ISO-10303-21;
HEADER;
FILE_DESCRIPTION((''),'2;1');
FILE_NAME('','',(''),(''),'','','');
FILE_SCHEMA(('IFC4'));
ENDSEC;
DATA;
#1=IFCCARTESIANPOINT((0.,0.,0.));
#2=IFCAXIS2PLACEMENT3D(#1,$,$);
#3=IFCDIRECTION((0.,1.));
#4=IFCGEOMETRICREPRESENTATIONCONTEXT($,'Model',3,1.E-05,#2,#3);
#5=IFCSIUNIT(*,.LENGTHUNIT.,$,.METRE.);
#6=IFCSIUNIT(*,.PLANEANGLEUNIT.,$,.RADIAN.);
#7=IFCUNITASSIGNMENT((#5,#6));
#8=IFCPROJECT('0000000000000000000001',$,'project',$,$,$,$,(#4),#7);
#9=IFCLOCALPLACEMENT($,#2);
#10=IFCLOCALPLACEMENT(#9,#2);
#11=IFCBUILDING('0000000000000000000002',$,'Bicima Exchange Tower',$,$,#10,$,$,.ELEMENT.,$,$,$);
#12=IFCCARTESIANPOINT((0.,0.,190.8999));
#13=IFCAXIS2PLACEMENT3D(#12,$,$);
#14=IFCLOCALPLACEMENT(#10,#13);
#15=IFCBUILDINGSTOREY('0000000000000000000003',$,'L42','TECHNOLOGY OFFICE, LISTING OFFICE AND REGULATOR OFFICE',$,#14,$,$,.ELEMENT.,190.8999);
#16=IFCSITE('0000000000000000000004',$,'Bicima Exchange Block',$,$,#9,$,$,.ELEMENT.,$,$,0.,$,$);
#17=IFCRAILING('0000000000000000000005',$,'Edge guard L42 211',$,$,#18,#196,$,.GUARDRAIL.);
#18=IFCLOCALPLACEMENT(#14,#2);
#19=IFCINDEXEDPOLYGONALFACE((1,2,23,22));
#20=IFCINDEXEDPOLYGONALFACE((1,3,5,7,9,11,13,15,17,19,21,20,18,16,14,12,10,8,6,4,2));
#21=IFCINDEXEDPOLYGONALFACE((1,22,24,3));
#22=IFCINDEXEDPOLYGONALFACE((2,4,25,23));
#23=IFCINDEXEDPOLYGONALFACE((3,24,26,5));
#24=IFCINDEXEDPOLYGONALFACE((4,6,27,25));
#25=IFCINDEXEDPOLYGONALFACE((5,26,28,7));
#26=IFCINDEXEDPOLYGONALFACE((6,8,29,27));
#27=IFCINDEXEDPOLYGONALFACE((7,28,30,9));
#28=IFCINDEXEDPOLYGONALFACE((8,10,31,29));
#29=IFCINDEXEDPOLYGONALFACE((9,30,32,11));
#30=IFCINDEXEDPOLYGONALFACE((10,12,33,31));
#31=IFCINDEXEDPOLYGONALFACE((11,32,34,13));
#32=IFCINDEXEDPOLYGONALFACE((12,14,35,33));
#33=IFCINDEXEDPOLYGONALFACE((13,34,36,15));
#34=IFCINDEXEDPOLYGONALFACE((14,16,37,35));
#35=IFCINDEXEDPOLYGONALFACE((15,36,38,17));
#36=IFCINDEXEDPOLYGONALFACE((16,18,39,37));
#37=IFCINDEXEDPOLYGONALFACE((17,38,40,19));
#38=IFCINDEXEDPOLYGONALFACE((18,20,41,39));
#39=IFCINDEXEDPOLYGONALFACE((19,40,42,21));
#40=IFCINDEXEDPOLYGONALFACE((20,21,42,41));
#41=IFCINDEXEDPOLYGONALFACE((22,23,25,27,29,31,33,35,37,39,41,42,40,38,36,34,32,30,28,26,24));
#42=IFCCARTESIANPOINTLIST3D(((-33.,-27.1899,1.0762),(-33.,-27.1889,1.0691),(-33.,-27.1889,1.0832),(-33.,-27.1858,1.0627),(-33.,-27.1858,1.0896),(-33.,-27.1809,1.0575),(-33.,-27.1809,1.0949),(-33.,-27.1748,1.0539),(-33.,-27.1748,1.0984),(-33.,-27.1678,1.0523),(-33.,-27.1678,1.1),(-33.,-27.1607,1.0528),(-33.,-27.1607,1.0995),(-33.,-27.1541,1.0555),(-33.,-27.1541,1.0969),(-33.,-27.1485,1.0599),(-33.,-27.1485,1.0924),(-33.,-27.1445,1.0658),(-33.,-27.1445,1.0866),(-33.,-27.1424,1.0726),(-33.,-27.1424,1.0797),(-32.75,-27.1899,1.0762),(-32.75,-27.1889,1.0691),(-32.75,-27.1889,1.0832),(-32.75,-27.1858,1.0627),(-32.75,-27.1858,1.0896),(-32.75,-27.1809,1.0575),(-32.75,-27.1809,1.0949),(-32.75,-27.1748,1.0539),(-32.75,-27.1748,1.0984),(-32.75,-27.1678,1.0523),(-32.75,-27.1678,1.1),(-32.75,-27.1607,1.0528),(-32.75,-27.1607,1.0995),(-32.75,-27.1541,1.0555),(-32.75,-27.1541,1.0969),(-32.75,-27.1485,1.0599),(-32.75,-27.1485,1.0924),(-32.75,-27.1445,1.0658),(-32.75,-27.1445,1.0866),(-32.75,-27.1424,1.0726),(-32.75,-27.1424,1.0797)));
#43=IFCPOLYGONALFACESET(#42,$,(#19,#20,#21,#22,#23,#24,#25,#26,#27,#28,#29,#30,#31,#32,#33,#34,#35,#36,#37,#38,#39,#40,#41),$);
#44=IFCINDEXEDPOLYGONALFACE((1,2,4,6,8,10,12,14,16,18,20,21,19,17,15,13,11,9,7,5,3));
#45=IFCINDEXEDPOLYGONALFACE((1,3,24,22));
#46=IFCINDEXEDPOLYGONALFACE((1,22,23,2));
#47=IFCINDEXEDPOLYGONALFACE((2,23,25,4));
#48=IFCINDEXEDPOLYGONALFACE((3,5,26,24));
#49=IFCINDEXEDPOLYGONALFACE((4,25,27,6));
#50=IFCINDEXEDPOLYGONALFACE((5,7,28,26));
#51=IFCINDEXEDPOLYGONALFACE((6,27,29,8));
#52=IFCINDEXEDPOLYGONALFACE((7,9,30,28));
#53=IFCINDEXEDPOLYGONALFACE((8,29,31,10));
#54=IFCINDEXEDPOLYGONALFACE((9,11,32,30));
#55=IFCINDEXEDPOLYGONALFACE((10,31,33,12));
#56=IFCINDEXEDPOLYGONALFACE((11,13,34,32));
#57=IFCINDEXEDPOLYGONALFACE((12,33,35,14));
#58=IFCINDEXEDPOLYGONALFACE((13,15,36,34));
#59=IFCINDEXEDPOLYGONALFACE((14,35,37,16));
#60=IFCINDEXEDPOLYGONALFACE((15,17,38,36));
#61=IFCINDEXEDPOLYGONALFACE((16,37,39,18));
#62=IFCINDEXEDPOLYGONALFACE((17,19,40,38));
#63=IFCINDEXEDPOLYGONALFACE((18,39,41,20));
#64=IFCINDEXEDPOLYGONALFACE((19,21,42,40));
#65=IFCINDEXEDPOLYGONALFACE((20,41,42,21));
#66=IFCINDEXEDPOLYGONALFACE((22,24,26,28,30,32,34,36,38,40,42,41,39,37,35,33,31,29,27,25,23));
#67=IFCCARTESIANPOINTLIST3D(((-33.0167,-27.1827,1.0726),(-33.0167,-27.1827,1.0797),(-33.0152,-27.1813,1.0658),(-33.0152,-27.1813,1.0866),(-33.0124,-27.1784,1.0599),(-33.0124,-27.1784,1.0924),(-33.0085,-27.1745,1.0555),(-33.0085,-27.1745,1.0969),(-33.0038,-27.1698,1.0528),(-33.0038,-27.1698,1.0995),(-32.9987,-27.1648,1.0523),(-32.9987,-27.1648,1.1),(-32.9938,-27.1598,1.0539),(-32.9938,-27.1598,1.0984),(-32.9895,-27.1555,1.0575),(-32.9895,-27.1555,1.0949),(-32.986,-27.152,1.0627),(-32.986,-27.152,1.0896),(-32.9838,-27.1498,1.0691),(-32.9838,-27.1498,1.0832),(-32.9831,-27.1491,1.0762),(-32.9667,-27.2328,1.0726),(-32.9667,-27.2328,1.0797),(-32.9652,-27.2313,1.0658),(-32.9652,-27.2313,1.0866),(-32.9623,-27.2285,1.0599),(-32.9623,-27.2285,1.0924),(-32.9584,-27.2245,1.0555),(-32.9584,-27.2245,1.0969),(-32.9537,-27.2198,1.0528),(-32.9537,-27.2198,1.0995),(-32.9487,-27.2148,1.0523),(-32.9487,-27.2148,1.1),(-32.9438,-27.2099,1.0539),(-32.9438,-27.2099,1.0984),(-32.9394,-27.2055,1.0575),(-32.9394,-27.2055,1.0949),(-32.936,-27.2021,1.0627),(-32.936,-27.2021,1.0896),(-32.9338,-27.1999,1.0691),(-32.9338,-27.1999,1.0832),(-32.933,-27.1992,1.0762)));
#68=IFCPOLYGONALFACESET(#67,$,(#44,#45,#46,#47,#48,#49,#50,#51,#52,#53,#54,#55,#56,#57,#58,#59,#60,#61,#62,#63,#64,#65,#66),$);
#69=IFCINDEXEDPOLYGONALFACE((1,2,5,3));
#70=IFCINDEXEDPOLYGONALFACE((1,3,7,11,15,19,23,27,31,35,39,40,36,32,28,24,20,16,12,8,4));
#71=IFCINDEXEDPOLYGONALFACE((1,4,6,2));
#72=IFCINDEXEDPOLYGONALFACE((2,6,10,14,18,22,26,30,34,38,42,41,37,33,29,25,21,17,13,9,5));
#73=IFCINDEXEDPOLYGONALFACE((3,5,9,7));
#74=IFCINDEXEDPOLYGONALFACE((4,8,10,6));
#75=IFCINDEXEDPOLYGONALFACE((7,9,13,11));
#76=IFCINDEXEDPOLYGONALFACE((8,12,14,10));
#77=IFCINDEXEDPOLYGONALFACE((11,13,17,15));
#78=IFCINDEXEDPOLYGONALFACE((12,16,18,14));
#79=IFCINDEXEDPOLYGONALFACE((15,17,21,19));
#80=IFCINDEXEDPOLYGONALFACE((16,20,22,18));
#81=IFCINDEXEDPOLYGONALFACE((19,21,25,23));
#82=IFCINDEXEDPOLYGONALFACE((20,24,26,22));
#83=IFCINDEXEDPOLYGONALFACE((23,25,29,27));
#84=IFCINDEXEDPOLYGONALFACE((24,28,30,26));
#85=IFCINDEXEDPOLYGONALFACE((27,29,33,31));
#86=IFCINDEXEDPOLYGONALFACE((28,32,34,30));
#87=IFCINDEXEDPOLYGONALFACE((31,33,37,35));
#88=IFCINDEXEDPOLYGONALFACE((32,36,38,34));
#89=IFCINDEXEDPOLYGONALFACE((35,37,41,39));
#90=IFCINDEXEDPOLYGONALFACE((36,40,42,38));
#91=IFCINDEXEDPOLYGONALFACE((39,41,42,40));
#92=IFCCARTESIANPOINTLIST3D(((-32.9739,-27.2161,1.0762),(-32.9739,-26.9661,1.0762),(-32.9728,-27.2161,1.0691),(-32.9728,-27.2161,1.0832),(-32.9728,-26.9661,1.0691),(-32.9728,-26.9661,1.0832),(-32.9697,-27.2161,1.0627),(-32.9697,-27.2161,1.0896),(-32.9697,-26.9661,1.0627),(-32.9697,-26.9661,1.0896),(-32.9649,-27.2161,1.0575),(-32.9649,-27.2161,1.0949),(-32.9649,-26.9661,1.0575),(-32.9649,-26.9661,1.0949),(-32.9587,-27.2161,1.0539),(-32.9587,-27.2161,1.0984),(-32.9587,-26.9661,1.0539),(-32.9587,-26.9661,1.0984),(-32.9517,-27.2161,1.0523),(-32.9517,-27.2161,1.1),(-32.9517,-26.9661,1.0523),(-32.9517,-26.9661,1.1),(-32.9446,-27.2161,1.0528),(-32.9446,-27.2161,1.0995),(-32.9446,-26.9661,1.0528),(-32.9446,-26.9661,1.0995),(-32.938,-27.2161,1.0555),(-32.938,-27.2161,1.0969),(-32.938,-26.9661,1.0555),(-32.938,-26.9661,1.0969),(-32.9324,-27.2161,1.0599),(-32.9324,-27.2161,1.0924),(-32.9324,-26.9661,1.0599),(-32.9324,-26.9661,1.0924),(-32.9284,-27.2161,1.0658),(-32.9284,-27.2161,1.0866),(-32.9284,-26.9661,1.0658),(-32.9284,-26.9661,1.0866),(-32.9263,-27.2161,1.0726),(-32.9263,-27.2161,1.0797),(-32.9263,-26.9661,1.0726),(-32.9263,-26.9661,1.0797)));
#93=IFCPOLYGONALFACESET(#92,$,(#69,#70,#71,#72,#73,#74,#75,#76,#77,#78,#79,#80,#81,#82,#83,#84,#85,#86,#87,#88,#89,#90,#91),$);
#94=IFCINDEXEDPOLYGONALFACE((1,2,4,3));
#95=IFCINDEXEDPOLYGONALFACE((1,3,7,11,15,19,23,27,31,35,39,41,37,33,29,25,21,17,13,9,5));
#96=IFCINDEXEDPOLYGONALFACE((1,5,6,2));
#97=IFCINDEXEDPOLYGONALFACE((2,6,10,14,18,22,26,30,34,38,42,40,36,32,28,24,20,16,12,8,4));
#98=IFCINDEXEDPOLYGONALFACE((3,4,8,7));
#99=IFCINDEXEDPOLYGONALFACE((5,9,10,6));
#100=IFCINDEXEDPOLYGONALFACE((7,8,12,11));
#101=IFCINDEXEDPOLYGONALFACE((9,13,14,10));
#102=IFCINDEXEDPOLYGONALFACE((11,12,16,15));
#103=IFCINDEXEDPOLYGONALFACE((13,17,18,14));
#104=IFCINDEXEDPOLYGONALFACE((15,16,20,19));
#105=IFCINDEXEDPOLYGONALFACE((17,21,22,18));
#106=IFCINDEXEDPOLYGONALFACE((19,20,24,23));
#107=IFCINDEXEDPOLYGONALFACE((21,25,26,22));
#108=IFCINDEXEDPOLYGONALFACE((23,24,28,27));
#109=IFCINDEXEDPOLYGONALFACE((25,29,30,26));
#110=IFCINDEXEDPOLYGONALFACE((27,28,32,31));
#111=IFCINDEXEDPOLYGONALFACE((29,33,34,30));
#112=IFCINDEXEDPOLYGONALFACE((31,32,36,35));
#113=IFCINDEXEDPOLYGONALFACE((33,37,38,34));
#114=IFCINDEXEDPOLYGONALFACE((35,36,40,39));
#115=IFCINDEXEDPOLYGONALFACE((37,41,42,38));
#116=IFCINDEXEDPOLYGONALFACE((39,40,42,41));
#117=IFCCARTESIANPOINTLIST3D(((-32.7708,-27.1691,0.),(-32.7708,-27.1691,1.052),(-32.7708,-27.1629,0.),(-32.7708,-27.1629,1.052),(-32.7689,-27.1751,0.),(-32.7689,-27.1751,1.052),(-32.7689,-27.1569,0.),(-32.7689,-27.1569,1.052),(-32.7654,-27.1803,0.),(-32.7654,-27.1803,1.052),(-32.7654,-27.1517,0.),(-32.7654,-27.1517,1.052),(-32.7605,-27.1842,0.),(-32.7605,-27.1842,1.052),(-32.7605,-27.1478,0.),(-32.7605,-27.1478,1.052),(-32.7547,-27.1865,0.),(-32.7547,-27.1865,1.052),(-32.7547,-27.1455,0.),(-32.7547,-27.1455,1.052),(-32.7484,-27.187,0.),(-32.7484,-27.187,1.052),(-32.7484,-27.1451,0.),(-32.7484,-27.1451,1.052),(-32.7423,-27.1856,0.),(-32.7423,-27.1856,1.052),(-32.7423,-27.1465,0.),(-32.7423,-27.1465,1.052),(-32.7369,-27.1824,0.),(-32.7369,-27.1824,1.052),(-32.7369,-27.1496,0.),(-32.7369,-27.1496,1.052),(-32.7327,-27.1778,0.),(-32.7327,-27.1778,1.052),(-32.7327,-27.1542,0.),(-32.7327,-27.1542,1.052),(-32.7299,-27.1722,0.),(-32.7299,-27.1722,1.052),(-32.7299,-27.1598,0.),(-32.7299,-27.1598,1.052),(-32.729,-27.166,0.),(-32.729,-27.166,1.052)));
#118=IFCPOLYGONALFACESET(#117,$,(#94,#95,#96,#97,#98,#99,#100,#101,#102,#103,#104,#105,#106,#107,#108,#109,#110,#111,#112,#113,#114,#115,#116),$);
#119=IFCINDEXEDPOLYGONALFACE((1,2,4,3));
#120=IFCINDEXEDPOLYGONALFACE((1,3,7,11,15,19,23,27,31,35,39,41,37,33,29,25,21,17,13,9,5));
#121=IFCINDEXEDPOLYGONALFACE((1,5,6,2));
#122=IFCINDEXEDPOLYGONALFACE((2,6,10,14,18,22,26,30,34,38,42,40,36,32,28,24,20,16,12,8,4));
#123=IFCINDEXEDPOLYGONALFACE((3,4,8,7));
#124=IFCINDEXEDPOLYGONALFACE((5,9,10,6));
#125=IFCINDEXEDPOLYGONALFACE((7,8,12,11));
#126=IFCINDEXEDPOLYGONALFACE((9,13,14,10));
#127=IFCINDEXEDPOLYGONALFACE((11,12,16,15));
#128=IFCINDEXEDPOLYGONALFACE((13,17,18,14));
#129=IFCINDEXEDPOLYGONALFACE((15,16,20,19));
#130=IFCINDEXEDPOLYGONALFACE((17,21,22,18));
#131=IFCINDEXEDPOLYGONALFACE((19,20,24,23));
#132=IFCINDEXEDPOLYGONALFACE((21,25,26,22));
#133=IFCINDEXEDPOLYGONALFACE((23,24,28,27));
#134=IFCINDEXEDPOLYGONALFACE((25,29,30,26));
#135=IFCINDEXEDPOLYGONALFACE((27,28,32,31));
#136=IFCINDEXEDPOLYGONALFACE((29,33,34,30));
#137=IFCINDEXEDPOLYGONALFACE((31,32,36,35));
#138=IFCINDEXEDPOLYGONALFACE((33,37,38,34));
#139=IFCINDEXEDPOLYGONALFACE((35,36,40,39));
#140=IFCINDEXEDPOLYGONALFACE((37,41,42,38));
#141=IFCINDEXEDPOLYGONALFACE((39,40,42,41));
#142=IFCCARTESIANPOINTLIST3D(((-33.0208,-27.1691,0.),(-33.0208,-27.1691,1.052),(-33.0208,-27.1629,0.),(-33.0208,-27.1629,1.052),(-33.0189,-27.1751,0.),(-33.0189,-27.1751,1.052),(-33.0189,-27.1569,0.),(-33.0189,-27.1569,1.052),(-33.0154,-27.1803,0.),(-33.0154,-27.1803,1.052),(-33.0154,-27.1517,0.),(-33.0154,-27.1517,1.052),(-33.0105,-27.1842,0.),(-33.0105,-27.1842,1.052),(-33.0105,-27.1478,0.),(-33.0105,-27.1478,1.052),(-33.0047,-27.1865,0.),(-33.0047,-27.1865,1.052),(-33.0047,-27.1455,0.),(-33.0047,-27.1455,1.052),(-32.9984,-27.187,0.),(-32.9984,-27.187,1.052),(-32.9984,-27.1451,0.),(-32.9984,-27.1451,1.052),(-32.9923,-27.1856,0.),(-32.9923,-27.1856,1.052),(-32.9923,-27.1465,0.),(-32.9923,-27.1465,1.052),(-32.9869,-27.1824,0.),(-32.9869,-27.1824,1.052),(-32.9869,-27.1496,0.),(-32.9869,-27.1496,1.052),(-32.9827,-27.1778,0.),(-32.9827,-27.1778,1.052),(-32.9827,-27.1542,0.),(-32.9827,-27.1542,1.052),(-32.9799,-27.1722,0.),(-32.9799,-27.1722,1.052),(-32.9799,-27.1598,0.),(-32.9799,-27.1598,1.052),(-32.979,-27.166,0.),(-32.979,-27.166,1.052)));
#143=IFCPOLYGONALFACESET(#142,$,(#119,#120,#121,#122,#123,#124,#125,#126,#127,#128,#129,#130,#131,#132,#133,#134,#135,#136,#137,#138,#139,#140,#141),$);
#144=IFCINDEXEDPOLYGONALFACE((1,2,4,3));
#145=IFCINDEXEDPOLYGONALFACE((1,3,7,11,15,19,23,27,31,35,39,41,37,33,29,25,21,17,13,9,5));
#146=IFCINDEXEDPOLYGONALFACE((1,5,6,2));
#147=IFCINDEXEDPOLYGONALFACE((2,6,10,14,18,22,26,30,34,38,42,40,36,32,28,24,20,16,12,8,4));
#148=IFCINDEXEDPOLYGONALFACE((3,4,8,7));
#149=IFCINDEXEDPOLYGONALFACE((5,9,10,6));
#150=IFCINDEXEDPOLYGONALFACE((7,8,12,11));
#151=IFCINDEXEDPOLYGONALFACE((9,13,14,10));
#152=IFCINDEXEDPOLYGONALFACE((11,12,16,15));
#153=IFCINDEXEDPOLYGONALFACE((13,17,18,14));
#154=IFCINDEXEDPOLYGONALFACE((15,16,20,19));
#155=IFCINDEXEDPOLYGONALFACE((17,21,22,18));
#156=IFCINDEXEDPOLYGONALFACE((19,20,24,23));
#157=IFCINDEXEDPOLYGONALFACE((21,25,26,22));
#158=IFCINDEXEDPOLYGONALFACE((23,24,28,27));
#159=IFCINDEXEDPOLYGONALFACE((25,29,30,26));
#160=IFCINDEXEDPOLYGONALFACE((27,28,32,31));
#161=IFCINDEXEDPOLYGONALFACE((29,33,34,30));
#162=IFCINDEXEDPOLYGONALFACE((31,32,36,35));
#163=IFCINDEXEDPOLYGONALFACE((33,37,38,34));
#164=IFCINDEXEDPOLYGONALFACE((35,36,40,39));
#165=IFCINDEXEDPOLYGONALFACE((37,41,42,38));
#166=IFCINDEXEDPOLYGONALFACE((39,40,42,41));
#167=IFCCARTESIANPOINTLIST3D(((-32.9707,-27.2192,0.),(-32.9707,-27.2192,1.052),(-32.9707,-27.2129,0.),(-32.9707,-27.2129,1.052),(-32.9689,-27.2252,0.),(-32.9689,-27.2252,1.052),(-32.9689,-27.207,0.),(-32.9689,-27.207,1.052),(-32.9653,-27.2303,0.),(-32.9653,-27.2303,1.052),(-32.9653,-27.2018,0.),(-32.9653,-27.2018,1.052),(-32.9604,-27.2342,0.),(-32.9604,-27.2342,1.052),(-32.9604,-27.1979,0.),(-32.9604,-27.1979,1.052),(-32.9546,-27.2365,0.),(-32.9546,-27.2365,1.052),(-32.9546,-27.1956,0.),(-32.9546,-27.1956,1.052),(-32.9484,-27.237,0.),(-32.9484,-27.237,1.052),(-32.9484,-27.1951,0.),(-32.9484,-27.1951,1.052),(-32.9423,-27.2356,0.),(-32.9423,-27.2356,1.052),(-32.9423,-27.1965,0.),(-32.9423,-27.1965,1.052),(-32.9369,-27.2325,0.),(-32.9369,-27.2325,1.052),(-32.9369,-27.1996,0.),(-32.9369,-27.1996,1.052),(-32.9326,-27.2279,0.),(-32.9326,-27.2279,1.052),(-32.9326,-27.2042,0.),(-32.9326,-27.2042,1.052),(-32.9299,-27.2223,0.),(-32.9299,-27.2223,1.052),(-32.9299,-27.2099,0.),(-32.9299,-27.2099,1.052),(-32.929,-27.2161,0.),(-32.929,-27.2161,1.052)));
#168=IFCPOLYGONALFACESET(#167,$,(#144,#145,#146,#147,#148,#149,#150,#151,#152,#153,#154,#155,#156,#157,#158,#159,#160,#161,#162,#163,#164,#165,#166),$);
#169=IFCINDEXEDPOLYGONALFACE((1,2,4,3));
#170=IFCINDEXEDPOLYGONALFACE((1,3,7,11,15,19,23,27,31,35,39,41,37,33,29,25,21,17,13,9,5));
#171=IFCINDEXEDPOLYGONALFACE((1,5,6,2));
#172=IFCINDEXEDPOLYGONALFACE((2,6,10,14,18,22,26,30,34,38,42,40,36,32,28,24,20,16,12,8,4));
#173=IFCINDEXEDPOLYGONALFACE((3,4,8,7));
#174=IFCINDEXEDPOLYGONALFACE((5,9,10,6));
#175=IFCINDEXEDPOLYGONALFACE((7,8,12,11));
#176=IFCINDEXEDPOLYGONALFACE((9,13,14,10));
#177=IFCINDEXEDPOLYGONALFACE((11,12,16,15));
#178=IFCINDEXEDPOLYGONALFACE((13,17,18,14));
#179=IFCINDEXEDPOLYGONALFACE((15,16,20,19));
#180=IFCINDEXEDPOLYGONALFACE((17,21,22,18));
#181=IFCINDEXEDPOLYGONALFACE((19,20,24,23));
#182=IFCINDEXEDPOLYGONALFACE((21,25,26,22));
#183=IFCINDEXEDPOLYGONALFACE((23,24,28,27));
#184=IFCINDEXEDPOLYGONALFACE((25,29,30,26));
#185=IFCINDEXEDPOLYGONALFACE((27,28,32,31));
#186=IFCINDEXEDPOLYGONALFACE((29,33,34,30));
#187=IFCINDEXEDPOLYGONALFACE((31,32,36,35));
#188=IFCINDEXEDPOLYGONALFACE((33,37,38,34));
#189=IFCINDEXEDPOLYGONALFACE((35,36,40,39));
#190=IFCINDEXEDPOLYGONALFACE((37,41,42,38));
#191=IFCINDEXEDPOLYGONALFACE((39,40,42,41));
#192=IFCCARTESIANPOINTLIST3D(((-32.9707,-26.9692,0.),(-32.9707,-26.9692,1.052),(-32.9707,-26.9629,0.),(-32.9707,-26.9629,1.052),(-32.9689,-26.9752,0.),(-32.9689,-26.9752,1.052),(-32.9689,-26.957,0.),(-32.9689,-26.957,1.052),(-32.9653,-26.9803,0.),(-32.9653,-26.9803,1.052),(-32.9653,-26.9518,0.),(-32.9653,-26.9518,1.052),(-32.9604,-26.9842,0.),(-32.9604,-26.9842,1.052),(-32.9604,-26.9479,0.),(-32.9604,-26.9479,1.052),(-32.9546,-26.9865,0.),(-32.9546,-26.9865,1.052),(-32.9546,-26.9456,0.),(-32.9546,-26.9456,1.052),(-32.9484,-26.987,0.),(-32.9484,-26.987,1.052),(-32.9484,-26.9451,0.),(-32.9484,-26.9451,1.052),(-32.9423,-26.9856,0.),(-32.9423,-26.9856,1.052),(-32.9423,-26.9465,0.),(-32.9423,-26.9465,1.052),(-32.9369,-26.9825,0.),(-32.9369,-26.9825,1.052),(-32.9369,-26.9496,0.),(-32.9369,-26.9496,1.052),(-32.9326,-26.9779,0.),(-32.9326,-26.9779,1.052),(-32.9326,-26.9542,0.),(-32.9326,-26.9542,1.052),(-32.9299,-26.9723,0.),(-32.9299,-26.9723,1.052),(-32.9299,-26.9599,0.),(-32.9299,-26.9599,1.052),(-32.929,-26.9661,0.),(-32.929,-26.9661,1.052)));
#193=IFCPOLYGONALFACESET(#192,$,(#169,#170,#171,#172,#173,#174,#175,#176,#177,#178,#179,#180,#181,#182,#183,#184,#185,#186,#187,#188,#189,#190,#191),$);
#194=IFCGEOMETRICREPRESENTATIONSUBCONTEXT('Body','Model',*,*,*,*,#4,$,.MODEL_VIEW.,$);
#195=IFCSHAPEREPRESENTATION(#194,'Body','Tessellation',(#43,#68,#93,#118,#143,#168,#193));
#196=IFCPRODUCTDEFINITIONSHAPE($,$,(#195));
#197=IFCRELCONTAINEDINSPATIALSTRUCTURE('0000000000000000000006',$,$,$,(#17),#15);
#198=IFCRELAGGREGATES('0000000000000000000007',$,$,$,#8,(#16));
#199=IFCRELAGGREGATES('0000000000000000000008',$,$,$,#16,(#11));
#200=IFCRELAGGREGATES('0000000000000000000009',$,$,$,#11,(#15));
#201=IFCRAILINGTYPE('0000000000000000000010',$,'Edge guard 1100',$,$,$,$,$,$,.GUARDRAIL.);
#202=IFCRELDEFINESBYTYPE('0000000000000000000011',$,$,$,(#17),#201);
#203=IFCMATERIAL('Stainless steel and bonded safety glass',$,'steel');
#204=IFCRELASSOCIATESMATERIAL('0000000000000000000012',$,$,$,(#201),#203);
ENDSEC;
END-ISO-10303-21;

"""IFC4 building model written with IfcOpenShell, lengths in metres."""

from ifc_helpers import new_model, si_unit, direction, frame, origin, origin_2d, place, context, subcontext, project, spatial, circle, extrude, material, type_object, element, save


model = new_model("IFC4")

# Units and contexts
model_context = context("Model", 3, precision=1e-05, world=origin(), true_north=direction((0.0, 1.0)))
body_context = subcontext(model_context, "Body", "Model", "MODEL_VIEW")
ifc_project = project(units=[si_unit("LENGTHUNIT", "METRE"), si_unit("PLANEANGLEUNIT", "RADIAN")], contexts=[model_context])

# Site, building, storey
site_placement = place(None, origin())
site = spatial("IfcSite", under=ifc_project, at=site_placement, Name="Bicima Exchange Block", CompositionType="ELEMENT", RefElevation=0.0)
building_placement = place(site_placement, origin())
building = spatial("IfcBuilding", under=site, at=building_placement, Name="Bicima Exchange Tower", CompositionType="ELEMENT")
storey_placement = place(building_placement, frame((0.0, 0.0, 190.8999)))
storey = spatial("IfcBuildingStorey", under=building, at=storey_placement, Name="L42", Description="TECHNOLOGY OFFICE, LISTING OFFICE AND REGULATOR OFFICE", CompositionType="ELEMENT", Elevation=190.8999)

# Railing
ifc_material_1 = material(Name="Stainless steel and bonded safety glass", Category="steel")
railing_type = type_object("IfcRailingType", Name="Edge guard 1100", PredefinedType="GUARDRAIL", material=ifc_material_1)
railing_1_placement = place(storey_placement, frame((-32.75, -27.166, 0.0)))
element("IfcRailing", 1, at=railing_1_placement, inside=storey, type_object=railing_type, Name="Edge guard L42 211", PredefinedType="GUARDRAIL", context=body_context, shape_type="SweptSolid", body=[
    extrude(circle(Radius=0.0239, at=origin_2d()), frame((0.0, 0.0, 1.0762), z_axis=(-1.0, 0.0, 0.0), x_axis=(0.0, -1.0, 0.0)), (0.0, 0.0, 1.0), 0.25),
    extrude(circle(Radius=0.0239, at=origin_2d()), frame((-0.25, 0.0, 1.0762), z_axis=(0.707107, -0.707107, 0.0), x_axis=(0.707107, 0.707107, 0.0)), (0.0, 0.0, 1.0), 0.0708),
    extrude(circle(Radius=0.0239, at=origin_2d()), frame((-0.2, -0.05, 1.0762), z_axis=(0.0, 1.0, 0.0), x_axis=(-1.0, 0.0, 0.0)), (0.0, 0.0, 1.0), 0.25),
    extrude(circle(Radius=0.021, at=origin_2d()), origin(), (0.0, 0.0, 1.0), 1.052),
    extrude(circle(Radius=0.021, at=origin_2d()), frame((-0.25, 0.0, 0.0)), (0.0, 0.0, 1.0), 1.052),
    extrude(circle(Radius=0.021, at=origin_2d()), frame((-0.2, -0.05, 0.0)), (0.0, 0.0, 1.0), 1.052),
    extrude(circle(Radius=0.021, at=origin_2d()), frame((-0.2, 0.2, 0.0)), (0.0, 0.0, 1.0), 1.052),
])

save(model, "model.ifc")
